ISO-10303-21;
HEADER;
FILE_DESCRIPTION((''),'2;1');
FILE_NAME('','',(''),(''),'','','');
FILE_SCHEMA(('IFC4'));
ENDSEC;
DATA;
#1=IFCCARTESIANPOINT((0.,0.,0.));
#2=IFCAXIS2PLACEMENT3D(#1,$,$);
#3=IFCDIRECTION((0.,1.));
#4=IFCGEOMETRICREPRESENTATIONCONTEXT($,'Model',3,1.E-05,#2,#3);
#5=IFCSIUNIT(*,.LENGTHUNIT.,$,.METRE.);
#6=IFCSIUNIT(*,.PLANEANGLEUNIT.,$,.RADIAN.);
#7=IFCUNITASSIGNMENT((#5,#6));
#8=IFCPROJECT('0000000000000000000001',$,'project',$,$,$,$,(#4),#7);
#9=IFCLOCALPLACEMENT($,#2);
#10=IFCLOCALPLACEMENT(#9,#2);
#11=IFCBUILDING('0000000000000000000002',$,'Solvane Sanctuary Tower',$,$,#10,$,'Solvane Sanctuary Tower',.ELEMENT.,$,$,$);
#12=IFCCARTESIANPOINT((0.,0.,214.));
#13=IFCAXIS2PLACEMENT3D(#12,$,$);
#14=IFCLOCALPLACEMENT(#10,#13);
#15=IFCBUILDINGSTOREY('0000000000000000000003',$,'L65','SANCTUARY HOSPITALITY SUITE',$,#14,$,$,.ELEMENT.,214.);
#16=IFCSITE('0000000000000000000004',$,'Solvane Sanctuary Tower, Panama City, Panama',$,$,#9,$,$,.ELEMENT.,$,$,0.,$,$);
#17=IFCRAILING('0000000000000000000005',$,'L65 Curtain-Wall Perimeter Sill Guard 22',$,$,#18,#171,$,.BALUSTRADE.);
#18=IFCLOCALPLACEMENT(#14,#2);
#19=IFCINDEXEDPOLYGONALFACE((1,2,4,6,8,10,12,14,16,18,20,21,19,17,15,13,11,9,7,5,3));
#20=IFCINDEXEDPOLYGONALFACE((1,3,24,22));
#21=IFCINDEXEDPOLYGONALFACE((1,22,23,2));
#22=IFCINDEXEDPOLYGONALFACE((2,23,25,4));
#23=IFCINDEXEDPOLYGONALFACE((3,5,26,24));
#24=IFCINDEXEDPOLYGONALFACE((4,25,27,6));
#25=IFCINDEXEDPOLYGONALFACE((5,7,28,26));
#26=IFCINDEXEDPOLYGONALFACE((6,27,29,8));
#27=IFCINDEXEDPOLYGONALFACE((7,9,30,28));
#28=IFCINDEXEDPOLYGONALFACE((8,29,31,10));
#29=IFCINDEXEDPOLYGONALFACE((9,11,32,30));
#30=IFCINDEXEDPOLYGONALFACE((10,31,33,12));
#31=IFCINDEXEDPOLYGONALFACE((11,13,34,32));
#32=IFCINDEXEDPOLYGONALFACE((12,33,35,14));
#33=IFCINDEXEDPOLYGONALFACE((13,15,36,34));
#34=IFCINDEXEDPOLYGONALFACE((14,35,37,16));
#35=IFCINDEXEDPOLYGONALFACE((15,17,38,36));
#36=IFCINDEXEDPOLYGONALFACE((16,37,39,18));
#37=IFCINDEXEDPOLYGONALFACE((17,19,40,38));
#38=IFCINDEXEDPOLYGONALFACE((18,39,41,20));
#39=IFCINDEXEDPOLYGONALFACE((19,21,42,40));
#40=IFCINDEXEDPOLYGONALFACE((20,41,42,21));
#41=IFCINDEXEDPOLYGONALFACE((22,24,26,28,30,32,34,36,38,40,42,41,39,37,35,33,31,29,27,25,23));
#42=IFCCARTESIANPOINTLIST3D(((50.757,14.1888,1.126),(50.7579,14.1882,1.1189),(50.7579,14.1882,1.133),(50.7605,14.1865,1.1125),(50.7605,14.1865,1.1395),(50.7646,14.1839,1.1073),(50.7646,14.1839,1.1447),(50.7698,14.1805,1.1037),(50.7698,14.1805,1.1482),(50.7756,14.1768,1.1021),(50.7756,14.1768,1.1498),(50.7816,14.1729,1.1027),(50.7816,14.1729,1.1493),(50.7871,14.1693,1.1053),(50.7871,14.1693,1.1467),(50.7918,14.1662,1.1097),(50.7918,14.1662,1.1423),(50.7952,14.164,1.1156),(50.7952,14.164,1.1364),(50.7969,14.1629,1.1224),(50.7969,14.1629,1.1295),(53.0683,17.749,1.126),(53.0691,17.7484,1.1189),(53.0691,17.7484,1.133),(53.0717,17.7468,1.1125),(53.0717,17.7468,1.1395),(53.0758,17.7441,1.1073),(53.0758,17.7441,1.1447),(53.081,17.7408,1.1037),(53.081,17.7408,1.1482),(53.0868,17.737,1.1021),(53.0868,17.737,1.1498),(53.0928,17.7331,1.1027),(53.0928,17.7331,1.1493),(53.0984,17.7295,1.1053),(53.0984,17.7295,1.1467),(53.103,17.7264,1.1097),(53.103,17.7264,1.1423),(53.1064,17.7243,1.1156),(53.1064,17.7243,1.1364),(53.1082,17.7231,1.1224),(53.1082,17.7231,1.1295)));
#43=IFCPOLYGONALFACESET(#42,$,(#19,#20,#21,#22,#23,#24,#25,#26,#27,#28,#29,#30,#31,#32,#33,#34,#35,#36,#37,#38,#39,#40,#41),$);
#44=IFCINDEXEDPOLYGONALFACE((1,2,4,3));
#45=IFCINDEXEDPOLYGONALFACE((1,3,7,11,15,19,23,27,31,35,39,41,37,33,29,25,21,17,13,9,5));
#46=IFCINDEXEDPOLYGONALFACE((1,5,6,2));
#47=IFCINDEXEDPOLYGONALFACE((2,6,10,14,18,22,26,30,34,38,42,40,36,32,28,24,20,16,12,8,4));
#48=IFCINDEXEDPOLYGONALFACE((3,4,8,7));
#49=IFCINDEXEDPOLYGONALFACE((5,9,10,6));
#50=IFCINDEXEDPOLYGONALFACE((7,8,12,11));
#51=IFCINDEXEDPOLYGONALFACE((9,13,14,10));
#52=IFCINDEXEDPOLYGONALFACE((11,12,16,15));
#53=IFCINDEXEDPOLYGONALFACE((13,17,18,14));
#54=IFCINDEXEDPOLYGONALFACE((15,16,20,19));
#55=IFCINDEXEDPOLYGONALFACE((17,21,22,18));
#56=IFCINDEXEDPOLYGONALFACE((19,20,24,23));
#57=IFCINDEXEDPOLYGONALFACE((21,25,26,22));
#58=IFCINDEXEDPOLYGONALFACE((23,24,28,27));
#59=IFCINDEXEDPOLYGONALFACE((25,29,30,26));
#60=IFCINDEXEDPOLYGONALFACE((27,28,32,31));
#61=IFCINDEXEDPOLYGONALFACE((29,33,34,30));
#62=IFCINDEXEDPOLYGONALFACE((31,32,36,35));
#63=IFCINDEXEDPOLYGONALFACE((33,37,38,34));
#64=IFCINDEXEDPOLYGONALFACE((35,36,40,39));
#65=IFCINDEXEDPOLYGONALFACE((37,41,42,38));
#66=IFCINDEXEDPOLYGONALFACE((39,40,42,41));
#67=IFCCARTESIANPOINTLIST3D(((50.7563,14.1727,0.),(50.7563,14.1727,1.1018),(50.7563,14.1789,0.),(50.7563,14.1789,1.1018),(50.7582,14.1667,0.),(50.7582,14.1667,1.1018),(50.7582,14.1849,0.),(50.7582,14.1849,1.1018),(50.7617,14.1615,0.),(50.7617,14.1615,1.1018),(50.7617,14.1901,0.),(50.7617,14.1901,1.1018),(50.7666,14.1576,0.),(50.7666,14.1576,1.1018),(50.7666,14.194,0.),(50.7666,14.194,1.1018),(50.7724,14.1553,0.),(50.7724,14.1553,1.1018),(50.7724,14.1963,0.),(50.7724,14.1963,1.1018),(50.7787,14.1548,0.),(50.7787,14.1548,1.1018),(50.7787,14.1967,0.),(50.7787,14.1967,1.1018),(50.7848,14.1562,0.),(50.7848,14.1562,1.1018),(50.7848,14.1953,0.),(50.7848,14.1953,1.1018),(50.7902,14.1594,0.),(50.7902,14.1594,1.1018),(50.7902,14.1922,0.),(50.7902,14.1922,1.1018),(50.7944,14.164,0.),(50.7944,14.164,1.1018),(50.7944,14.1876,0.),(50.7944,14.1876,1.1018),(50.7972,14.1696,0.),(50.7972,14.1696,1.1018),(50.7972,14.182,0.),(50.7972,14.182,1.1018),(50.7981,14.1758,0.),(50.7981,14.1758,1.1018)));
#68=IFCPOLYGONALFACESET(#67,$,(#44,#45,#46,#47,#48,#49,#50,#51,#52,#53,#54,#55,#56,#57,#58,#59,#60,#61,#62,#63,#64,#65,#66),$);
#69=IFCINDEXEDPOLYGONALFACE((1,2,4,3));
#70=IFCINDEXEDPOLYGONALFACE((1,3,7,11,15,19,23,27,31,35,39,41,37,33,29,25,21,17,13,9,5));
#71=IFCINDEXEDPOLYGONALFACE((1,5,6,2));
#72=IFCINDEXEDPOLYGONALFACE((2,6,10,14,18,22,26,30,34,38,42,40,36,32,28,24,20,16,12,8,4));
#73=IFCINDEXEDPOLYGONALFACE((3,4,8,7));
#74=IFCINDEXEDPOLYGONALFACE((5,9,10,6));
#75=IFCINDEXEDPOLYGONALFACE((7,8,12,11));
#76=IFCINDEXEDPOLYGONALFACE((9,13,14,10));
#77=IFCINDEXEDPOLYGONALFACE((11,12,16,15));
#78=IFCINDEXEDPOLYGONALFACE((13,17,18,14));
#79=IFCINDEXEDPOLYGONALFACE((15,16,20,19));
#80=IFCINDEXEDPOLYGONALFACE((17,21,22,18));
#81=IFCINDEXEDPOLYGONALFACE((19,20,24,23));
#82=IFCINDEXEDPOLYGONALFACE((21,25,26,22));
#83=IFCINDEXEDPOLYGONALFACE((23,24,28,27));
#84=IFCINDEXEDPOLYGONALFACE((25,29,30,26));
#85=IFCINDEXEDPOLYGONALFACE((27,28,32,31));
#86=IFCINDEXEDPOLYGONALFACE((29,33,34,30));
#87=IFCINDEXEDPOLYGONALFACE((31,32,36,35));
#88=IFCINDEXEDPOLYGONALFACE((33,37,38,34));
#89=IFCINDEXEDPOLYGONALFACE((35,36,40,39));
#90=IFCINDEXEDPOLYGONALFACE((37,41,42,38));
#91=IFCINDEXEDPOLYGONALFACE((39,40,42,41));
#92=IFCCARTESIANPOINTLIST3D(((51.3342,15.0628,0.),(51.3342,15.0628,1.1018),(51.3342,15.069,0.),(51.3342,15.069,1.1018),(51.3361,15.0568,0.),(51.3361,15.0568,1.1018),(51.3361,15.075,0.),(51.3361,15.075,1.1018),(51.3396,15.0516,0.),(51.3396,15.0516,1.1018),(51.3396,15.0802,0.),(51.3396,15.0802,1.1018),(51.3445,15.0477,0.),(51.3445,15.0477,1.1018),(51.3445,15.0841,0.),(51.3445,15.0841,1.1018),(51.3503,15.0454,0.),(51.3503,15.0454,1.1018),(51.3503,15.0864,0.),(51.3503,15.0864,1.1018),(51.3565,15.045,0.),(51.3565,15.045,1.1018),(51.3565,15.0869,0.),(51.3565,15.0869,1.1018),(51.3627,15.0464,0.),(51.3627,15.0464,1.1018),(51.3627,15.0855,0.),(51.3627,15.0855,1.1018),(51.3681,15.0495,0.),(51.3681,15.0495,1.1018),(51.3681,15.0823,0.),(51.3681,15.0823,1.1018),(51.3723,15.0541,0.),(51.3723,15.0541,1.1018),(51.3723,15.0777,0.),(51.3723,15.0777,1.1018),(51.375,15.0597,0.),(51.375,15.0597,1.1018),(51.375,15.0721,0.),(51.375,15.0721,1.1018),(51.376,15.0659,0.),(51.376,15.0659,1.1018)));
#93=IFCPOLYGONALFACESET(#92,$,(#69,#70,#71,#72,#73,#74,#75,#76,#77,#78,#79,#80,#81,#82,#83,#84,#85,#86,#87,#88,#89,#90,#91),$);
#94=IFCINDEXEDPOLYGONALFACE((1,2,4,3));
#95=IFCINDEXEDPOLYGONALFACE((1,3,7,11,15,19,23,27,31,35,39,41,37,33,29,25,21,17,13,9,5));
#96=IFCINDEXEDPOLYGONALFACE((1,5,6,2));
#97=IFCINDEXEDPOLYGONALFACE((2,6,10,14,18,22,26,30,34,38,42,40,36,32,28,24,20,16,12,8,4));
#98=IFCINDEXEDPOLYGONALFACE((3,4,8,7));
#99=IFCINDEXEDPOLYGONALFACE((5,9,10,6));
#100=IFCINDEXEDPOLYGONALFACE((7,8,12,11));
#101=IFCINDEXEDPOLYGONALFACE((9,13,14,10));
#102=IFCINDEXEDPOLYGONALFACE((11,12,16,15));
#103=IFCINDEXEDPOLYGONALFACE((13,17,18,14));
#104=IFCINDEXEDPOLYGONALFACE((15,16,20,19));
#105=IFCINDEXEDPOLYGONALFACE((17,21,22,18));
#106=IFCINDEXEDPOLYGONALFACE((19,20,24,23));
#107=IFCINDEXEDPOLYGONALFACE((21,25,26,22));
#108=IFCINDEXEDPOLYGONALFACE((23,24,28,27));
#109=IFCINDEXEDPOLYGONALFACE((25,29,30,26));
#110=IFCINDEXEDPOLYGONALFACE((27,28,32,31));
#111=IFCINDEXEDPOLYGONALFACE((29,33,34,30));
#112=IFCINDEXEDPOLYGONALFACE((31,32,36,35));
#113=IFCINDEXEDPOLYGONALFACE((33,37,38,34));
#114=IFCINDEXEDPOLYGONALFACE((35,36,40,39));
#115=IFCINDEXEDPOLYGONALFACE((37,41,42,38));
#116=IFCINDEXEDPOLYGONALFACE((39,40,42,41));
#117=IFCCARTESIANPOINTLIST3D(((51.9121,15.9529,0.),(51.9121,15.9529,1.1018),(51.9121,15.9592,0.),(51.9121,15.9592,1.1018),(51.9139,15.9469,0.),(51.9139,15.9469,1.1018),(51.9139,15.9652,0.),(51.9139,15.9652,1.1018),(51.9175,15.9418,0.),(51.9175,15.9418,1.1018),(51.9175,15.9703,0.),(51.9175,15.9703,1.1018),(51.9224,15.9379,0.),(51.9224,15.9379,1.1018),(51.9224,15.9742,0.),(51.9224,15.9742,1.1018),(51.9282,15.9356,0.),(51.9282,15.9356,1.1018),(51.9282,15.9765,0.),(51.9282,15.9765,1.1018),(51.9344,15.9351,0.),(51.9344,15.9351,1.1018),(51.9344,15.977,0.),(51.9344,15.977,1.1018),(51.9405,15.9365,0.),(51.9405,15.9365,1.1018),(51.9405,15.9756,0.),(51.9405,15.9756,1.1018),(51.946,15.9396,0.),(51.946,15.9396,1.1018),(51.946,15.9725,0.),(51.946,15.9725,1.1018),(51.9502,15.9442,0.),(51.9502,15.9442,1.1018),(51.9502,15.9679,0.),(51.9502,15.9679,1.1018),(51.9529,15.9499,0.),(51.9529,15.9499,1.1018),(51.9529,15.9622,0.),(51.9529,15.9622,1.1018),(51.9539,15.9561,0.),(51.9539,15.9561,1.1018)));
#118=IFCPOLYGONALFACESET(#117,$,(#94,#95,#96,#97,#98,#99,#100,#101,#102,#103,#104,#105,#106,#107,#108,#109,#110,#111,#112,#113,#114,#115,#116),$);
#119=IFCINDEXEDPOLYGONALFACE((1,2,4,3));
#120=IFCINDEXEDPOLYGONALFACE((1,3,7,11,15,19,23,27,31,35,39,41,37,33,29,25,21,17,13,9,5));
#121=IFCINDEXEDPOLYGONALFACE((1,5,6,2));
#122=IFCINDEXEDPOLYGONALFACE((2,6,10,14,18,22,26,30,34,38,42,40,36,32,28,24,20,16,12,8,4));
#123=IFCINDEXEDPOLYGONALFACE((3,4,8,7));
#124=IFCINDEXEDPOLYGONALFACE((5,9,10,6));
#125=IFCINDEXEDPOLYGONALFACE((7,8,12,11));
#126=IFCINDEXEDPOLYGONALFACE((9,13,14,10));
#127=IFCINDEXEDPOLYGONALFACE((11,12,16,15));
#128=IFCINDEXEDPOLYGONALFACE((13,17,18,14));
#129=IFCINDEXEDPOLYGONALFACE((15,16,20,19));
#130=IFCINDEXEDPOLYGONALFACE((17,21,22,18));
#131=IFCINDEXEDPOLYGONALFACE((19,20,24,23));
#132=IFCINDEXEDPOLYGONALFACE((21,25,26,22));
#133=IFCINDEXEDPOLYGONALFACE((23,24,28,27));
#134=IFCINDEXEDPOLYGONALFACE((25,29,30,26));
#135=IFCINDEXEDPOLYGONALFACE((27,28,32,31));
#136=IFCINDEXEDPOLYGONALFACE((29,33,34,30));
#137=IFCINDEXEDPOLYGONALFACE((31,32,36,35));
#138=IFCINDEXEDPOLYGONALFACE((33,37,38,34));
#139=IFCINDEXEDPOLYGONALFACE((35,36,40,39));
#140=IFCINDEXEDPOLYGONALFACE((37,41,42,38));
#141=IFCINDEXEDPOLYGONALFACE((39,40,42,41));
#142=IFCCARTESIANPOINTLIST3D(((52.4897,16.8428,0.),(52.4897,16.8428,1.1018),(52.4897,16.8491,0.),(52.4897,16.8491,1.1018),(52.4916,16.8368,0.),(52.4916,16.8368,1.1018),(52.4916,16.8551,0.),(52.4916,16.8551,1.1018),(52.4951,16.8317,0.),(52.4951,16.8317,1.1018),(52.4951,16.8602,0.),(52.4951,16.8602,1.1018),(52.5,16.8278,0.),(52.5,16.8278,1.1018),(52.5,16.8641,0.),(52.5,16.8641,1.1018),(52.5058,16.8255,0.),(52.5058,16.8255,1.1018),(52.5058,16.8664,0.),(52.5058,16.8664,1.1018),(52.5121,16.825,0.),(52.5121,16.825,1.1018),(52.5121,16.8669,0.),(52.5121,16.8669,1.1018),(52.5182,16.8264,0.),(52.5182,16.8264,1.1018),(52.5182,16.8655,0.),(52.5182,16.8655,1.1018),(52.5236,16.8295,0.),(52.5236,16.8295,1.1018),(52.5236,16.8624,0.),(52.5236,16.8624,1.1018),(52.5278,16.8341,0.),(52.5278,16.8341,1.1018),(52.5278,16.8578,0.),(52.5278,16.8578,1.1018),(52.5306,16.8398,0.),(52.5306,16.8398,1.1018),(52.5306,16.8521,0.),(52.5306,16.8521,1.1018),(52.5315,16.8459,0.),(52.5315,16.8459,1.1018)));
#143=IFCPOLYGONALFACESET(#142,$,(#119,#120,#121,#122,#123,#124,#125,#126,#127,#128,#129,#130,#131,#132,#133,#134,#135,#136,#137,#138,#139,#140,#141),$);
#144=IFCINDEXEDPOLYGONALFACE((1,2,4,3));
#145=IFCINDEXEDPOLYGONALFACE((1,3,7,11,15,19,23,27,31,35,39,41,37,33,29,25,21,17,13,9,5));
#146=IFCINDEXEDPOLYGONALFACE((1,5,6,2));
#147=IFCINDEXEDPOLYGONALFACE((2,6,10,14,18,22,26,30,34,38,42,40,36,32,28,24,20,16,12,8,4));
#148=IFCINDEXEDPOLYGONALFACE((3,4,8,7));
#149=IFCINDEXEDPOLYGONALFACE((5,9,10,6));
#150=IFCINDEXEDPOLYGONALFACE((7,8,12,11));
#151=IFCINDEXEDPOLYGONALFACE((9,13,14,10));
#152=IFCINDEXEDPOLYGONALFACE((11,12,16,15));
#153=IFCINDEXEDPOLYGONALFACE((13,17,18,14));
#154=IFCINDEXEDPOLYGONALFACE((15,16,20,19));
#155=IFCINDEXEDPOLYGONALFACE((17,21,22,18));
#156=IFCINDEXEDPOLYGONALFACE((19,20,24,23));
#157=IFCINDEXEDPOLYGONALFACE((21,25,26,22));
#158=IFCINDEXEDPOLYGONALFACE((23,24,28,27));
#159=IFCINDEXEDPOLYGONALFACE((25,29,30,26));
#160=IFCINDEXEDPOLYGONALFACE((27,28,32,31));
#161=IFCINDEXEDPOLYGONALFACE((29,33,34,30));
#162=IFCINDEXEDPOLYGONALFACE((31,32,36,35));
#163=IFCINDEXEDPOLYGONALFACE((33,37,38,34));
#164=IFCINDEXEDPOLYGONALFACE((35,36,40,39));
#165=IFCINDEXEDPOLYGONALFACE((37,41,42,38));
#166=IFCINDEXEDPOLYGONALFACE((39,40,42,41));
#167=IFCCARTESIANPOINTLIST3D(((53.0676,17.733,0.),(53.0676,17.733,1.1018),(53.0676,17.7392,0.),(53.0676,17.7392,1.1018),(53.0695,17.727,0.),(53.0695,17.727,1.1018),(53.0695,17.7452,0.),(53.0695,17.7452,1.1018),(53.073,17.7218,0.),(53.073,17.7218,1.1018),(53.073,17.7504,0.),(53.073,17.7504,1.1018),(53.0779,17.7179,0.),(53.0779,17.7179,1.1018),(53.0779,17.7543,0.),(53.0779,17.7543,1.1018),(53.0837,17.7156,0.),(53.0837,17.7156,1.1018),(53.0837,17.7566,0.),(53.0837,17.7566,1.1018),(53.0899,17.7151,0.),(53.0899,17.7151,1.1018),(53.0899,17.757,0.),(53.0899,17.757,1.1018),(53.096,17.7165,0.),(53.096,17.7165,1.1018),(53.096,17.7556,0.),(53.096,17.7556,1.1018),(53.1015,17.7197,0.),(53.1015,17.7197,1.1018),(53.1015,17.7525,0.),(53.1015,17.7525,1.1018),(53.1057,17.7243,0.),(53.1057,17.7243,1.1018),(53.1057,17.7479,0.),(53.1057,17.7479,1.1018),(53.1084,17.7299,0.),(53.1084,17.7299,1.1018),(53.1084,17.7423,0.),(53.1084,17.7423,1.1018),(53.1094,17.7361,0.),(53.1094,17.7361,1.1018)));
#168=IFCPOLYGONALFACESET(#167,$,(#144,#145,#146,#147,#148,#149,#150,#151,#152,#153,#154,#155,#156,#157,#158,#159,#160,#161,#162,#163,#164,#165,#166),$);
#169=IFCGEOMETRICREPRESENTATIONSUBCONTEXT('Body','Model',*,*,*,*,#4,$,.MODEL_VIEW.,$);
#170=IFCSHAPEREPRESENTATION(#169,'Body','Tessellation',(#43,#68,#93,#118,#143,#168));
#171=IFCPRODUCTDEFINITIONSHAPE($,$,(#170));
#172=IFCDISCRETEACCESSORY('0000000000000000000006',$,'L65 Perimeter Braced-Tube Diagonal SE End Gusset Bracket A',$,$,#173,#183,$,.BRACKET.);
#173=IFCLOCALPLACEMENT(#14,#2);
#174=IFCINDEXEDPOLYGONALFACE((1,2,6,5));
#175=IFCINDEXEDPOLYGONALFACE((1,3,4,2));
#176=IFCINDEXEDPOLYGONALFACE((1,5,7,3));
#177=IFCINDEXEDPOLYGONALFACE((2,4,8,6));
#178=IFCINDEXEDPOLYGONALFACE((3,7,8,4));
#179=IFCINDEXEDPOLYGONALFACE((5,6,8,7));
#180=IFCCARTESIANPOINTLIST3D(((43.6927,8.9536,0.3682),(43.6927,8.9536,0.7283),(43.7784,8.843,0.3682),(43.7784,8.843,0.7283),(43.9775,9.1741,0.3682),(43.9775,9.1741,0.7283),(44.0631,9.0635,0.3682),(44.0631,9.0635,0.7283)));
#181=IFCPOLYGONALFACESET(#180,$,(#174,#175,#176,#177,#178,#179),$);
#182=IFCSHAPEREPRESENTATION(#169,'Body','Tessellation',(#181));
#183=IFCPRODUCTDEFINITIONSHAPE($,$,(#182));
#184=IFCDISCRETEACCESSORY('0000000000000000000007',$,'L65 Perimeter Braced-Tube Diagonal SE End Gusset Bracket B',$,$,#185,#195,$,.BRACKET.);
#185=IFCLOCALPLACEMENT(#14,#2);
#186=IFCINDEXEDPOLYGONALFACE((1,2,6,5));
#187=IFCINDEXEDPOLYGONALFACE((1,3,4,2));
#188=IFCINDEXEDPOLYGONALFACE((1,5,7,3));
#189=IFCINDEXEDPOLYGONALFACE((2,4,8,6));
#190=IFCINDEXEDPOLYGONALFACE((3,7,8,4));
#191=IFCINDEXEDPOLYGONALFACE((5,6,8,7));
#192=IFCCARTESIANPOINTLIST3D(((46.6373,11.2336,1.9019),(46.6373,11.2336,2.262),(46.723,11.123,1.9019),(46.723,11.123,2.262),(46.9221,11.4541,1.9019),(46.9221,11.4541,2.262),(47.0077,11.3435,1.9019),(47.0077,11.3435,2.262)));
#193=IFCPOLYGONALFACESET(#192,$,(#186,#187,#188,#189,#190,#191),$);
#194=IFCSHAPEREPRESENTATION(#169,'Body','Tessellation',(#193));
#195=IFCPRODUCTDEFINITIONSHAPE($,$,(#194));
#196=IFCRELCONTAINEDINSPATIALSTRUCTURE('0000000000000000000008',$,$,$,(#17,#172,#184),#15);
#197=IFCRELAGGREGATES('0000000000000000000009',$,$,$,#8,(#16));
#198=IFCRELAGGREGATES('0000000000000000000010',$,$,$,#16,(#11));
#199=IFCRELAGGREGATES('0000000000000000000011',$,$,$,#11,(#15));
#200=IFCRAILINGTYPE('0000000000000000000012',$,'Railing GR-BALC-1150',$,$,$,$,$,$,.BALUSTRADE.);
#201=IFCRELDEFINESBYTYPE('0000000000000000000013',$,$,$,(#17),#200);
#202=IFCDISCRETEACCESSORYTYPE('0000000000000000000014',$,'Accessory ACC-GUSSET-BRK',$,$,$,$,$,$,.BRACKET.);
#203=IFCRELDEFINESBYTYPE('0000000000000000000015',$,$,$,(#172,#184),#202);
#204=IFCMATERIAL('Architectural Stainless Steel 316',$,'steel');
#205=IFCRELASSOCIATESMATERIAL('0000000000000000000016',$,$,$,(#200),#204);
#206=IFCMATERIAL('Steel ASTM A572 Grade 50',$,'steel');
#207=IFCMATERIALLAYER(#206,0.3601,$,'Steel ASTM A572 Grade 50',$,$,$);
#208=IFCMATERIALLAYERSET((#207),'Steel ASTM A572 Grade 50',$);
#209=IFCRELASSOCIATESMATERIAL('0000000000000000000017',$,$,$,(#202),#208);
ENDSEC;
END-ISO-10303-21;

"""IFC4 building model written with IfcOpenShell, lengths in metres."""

from ifc_helpers import new_model, si_unit, direction, frame, origin, origin_2d, place, context, subcontext, project, spatial, rectangle, circle, extrude, material, layer, layer_set, type_object, element, save


model = new_model("IFC4")

# Units and contexts
model_context = context("Model", 3, precision=1e-05, world=origin(), true_north=direction((0.0, 1.0)))
body_context = subcontext(model_context, "Body", "Model", "MODEL_VIEW")
ifc_project = project(units=[si_unit("LENGTHUNIT", "METRE"), si_unit("PLANEANGLEUNIT", "RADIAN")], contexts=[model_context])

# Site, building, storey
site_placement = place(None, origin())
site = spatial("IfcSite", under=ifc_project, at=site_placement, Name="Solvane Sanctuary Tower, Panama City, Panama", CompositionType="ELEMENT", RefElevation=0.0)
building_placement = place(site_placement, origin())
building = spatial("IfcBuilding", under=site, at=building_placement, Name="Solvane Sanctuary Tower", LongName="Solvane Sanctuary Tower", CompositionType="ELEMENT")
storey_placement = place(building_placement, frame((0.0, 0.0, 214.0)))
storey = spatial("IfcBuildingStorey", under=building, at=storey_placement, Name="L65", Description="SANCTUARY HOSPITALITY SUITE", CompositionType="ELEMENT", Elevation=214.0)

# Railing
ifc_material_1 = material(Name="Architectural Stainless Steel 316", Category="steel")
railing_type = type_object("IfcRailingType", Name="Railing GR-BALC-1150", PredefinedType="BALUSTRADE", material=ifc_material_1)
railing_placement = place(storey_placement, frame((50.7771, 14.1758, 0.0)))
element("IfcRailing", 1, at=railing_placement, inside=storey, type_object=railing_type, Name="L65 Curtain-Wall Perimeter Sill Guard 22", PredefinedType="BALUSTRADE", context=body_context, shape_type="SweptSolid", body=[
    extrude(circle(Radius=0.0239, at=origin_2d()), frame((0.0, 0.0, 1.126), z_axis=(0.544505, 0.838758, 0.0), x_axis=(-0.838758, 0.544505, 0.0)), (0.0, 0.0, 1.0), 4.2446),
    extrude(circle(Radius=0.021, at=origin_2d()), origin(), (0.0, 0.0, 1.0), 1.1018),
    extrude(circle(Radius=0.021, at=origin_2d()), frame((0.5779, 0.8901, 0.0)), (0.0, 0.0, 1.0), 1.1018),
    extrude(circle(Radius=0.021, at=origin_2d()), frame((1.1558, 1.7803, 0.0)), (0.0, 0.0, 1.0), 1.1018),
    extrude(circle(Radius=0.021, at=origin_2d()), frame((1.7334, 2.6702, 0.0)), (0.0, 0.0, 1.0), 1.1018),
    extrude(circle(Radius=0.021, at=origin_2d()), frame((2.3113, 3.5603, 0.0)), (0.0, 0.0, 1.0), 1.1018),
])

# Discrete accessories
ifc_material_2 = material(Name="Steel ASTM A572 Grade 50", Category="steel")
ifc_layer_1 = layer(ifc_material_2, 0.3601, Name="Steel ASTM A572 Grade 50")
ifc_layer_set_1 = layer_set([ifc_layer_1], Name="Steel ASTM A572 Grade 50")
discrete_accessory_type = type_object("IfcDiscreteAccessoryType", Name="Accessory ACC-GUSSET-BRK", PredefinedType="BRACKET", material=ifc_layer_set_1)
for number, where, z_axis, x_axis, name in (
    (2, (43.8779, 9.0085, 0.3682), (0.0, 0.0, 1.0), (0.79069, 0.612217, 0.0), "L65 Perimeter Braced-Tube Diagonal SE End Gusset Bracket A"),
    (3, (46.8225, 11.2886, 1.9019), (0.0, 0.0, 1.0), (0.79069, 0.612217, 0.0), "L65 Perimeter Braced-Tube Diagonal SE End Gusset Bracket B"),
):
    element("IfcDiscreteAccessory", number, at=place(storey_placement, frame(where, z_axis=z_axis, x_axis=x_axis)), inside=storey, type_object=discrete_accessory_type, Name=name, PredefinedType="BRACKET", context=body_context, shape_type="SweptSolid", body=[
        extrude(rectangle(XDim=0.3601, YDim=0.1399, at=origin_2d()), origin(), (0.0, 0.0, 1.0), 0.3601),
    ])

save(model, "model.ifc")
